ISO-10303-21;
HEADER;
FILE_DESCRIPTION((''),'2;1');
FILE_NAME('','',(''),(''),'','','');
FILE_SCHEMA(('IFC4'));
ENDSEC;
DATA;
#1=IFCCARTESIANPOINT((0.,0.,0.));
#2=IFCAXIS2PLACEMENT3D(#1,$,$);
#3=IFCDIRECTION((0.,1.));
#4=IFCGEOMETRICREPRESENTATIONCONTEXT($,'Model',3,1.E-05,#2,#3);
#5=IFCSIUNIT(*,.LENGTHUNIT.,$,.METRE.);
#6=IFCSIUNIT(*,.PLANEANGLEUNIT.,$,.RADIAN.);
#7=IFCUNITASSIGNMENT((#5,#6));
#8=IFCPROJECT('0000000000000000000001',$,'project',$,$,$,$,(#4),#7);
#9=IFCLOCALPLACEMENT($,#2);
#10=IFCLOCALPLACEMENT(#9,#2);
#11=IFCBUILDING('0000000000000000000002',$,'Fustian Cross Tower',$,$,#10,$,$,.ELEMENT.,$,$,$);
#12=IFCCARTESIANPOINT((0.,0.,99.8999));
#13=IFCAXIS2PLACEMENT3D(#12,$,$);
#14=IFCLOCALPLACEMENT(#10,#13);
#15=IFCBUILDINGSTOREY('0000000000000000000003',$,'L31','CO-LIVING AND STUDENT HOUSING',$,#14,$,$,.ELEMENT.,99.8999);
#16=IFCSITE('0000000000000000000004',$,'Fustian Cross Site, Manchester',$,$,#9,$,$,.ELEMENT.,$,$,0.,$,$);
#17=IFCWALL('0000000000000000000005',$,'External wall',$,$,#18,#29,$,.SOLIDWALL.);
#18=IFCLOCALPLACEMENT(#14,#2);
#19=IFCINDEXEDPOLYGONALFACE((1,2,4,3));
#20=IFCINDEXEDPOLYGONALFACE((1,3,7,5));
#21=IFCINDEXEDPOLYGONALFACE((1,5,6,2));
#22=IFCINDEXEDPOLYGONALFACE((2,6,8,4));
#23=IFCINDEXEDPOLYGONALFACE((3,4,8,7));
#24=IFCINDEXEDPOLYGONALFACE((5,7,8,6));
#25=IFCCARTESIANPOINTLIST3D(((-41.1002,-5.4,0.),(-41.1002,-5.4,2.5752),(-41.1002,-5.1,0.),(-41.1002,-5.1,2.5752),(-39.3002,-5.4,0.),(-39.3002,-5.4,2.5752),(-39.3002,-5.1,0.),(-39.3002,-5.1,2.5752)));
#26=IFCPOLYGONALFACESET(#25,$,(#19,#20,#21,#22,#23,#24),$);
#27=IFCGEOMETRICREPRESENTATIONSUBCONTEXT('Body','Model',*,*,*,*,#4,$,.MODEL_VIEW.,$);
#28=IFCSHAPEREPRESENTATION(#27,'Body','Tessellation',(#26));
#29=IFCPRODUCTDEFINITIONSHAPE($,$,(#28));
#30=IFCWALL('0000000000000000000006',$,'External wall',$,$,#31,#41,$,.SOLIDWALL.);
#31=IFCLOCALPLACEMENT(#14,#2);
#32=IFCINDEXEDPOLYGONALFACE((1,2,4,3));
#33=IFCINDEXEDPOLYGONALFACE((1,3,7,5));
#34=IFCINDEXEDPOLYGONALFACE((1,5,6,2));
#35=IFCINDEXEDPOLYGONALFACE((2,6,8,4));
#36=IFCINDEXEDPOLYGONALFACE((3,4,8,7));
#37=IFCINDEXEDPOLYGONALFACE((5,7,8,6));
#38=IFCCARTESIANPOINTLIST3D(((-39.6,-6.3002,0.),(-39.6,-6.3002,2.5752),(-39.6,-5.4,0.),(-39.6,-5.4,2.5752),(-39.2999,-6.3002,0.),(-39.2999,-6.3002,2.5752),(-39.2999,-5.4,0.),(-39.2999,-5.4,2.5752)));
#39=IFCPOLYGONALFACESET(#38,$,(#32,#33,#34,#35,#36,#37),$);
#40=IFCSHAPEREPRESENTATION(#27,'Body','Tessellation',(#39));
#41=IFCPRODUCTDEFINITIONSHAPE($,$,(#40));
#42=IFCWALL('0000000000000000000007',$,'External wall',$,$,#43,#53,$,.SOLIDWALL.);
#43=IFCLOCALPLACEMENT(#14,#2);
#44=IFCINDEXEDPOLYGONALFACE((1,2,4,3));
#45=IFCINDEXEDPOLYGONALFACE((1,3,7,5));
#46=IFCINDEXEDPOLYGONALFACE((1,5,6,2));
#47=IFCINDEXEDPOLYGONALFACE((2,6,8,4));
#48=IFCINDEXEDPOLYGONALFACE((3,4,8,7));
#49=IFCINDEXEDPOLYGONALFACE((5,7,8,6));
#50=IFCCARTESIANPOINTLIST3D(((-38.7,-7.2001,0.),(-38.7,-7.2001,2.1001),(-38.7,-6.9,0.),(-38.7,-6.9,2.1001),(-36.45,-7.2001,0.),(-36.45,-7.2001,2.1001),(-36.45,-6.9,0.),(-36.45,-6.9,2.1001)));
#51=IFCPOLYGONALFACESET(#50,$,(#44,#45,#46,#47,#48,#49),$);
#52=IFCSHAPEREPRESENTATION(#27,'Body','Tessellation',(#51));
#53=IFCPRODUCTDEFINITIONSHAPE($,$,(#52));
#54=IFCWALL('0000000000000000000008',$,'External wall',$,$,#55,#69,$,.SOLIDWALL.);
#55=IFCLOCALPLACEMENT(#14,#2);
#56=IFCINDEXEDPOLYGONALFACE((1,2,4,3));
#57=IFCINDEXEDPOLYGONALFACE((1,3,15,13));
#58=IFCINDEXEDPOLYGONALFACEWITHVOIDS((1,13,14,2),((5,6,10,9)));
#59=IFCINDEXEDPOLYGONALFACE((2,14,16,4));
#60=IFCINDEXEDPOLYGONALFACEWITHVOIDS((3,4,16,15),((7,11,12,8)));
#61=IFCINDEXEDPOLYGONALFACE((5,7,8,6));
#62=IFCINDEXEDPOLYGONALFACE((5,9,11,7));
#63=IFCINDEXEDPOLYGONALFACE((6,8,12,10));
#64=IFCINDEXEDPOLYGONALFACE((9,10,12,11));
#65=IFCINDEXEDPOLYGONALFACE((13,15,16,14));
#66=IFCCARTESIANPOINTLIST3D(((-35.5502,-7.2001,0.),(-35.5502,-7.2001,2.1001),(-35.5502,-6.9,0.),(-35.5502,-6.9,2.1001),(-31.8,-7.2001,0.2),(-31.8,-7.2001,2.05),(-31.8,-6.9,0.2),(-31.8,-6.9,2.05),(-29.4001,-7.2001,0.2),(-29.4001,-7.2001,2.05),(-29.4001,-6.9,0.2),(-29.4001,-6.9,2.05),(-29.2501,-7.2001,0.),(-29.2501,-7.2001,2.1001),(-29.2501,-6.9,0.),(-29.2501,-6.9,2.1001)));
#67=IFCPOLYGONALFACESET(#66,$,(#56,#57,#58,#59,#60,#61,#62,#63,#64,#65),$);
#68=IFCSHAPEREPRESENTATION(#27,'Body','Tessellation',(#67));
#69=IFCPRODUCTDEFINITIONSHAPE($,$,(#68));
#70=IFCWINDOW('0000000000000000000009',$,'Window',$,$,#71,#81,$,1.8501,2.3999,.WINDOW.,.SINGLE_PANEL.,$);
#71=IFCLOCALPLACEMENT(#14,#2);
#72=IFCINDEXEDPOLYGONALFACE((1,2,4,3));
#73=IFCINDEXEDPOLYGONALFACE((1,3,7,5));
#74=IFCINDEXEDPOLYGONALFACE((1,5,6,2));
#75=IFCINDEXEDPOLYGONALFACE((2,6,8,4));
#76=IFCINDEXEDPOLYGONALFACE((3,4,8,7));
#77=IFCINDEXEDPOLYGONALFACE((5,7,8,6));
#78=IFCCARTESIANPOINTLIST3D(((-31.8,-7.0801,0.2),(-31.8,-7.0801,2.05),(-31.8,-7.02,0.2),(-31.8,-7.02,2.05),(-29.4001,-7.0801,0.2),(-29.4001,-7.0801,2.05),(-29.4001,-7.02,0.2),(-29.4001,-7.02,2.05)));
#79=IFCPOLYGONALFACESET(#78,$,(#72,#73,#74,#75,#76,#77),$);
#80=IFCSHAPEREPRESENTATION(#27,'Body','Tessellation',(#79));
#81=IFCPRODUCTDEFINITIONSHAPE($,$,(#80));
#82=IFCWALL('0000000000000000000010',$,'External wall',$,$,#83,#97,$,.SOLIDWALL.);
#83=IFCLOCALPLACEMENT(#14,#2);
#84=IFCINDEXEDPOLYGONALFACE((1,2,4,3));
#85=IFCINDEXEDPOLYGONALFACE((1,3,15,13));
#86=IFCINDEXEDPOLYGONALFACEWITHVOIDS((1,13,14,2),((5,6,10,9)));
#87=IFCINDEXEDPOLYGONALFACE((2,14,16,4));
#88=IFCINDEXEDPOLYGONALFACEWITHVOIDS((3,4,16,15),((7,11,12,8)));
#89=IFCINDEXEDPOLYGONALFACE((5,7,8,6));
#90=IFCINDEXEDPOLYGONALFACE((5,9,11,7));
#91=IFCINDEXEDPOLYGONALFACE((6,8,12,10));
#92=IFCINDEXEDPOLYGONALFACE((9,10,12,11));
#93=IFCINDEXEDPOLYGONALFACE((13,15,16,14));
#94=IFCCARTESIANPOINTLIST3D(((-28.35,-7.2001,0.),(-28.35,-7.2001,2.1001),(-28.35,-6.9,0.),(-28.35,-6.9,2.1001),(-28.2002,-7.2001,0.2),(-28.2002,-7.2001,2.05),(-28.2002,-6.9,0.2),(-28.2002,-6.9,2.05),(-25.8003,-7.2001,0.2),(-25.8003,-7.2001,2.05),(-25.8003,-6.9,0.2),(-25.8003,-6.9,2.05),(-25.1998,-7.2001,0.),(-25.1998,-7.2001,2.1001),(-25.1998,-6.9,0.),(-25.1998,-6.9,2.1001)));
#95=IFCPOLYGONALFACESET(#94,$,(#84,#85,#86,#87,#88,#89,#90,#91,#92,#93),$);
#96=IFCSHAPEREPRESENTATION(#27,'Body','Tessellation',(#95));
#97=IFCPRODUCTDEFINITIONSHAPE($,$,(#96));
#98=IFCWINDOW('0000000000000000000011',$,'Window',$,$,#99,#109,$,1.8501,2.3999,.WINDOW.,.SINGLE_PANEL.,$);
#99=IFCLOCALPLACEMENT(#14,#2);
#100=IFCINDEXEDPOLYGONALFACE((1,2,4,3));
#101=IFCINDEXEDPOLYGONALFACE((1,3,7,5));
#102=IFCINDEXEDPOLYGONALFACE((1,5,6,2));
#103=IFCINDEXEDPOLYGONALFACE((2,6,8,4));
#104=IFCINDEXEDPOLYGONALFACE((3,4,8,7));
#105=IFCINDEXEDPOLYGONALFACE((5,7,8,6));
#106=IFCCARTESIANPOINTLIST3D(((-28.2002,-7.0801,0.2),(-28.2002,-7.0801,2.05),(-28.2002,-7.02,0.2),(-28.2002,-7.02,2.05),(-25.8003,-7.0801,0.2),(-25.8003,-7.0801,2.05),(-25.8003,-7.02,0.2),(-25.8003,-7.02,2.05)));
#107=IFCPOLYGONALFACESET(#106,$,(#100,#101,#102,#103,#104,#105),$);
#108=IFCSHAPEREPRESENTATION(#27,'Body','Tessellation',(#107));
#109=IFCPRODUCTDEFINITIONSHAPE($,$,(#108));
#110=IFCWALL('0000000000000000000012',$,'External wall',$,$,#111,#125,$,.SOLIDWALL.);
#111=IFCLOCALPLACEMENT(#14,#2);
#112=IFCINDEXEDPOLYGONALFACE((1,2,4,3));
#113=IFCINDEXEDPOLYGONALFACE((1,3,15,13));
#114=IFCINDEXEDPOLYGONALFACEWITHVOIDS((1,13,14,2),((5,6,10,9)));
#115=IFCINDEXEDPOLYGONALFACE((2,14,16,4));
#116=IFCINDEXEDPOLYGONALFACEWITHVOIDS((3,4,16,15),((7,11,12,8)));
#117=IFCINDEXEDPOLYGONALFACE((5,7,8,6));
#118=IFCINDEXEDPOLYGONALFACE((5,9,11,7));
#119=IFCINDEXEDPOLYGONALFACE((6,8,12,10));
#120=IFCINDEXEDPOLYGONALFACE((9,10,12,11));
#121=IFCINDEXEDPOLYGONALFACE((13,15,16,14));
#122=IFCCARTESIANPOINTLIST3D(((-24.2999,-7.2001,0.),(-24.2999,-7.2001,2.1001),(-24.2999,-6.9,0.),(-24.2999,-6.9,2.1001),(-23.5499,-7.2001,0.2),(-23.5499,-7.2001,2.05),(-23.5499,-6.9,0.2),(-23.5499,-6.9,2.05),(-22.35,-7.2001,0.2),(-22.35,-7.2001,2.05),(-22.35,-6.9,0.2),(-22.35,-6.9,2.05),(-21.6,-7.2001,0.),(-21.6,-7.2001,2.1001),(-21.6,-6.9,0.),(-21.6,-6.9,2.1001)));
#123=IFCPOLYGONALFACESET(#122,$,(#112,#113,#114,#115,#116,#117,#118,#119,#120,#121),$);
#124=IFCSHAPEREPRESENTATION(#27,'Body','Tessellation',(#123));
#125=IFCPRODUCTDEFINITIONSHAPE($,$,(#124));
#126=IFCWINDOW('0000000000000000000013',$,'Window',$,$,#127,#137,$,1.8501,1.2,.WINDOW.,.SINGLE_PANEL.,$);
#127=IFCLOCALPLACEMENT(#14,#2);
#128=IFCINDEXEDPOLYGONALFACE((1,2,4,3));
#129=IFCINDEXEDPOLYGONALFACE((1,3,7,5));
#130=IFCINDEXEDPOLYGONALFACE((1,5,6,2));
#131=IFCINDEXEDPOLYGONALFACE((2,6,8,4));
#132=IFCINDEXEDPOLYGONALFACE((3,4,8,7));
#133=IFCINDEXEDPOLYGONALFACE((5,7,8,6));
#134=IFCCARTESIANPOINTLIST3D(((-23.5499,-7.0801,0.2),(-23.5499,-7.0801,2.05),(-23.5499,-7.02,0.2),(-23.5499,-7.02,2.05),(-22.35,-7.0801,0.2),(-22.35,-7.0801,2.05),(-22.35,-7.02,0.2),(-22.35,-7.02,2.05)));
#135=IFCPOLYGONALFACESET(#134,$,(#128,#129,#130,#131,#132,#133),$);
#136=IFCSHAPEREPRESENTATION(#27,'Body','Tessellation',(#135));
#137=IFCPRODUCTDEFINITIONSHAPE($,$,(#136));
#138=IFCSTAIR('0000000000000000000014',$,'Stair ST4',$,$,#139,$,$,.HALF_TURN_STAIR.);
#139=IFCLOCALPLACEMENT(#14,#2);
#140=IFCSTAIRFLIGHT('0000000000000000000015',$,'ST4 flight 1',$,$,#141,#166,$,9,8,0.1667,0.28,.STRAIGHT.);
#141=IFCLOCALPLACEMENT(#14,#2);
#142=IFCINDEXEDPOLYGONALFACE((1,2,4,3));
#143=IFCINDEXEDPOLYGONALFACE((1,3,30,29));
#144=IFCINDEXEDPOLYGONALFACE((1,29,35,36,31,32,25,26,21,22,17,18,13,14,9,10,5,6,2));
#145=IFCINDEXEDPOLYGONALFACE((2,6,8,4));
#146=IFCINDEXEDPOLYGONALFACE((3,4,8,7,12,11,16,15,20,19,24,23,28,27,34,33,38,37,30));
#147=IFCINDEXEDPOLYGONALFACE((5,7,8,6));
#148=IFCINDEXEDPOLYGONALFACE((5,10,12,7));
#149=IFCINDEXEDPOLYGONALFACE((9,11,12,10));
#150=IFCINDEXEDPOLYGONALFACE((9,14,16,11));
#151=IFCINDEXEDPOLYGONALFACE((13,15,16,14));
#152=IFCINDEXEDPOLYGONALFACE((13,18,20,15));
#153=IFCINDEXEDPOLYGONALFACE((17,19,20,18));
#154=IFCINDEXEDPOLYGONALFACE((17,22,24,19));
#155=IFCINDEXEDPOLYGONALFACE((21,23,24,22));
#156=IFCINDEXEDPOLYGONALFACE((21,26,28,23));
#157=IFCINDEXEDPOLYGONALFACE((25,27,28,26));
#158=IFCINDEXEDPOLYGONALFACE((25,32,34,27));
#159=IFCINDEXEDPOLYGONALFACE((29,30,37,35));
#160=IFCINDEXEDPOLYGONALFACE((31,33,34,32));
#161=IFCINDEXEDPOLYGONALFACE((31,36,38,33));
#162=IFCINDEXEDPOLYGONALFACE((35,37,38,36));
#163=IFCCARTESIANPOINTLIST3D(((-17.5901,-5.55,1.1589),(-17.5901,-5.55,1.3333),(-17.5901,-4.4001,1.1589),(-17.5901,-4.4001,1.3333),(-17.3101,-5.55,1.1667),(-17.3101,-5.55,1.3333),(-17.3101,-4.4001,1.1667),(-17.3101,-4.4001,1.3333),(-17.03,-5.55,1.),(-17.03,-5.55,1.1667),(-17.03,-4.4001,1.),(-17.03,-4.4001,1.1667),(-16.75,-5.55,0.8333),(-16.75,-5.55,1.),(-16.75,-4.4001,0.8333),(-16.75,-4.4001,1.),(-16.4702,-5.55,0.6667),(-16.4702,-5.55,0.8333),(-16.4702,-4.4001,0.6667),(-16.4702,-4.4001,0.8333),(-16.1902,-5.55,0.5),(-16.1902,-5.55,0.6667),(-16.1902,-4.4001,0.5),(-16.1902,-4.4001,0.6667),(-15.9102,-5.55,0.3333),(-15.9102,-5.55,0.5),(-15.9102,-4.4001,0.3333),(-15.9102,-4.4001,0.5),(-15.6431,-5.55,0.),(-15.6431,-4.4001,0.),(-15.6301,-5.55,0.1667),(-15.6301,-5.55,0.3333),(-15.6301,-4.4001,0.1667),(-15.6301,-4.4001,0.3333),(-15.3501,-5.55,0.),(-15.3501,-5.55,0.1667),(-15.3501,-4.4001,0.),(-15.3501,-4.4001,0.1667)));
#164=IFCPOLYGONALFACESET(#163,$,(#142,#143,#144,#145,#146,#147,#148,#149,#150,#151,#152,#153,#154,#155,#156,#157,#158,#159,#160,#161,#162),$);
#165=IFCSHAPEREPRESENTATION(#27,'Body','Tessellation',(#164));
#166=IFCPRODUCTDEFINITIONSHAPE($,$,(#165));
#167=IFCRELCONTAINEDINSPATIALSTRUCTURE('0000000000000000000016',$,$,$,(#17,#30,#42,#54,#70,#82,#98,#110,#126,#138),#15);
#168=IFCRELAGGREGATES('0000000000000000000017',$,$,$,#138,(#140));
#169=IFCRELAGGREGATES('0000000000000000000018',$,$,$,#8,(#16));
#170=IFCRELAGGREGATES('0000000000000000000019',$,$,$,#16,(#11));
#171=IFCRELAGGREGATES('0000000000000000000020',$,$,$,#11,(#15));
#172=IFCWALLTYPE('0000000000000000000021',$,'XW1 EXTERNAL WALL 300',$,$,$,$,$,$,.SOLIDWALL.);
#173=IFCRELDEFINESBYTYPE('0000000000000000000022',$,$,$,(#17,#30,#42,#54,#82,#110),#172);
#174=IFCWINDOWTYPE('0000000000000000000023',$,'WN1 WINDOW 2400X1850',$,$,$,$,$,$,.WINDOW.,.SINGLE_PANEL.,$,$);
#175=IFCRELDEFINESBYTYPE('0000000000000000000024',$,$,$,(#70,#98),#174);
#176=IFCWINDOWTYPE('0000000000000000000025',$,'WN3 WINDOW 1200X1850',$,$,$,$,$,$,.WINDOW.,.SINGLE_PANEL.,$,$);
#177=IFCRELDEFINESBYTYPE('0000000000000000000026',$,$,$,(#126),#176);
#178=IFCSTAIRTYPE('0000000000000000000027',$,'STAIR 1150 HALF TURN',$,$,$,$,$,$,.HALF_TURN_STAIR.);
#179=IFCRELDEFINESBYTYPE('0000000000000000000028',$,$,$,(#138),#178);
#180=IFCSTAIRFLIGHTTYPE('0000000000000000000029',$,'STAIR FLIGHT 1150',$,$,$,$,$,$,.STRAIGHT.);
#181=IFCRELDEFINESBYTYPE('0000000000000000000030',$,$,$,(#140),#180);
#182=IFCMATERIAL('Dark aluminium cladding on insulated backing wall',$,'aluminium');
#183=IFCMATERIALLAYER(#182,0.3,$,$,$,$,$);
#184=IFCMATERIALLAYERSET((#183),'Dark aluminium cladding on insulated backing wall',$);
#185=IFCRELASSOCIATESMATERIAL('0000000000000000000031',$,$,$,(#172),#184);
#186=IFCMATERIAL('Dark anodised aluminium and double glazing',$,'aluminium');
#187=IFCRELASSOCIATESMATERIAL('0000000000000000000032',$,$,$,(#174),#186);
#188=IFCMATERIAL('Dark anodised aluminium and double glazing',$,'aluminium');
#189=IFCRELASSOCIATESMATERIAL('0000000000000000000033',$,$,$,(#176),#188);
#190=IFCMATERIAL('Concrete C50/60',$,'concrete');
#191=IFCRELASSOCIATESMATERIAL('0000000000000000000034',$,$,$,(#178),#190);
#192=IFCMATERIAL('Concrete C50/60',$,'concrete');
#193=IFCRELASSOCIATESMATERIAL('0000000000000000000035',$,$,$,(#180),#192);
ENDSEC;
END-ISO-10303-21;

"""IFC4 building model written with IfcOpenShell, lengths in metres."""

from ifc_helpers import new_model, si_unit, direction, frame, frame_2d, origin, place, context, subcontext, project, spatial, polyline, rectangle, outline, extrude, material, layer, layer_set, type_object, element, fill, aggregate, save


model = new_model("IFC4")

# Units and contexts
model_context = context("Model", 3, precision=1e-05, world=origin(), true_north=direction((0.0, 1.0)))
body_context = subcontext(model_context, "Body", "Model", "MODEL_VIEW")
ifc_project = project(units=[si_unit("LENGTHUNIT", "METRE"), si_unit("PLANEANGLEUNIT", "RADIAN")], contexts=[model_context])

# Site, building, storey
site_placement = place(None, origin())
site = spatial("IfcSite", under=ifc_project, at=site_placement, Name="Fustian Cross Site, Manchester", CompositionType="ELEMENT", RefElevation=0.0)
building_placement = place(site_placement, origin())
building = spatial("IfcBuilding", under=site, at=building_placement, Name="Fustian Cross Tower", CompositionType="ELEMENT")
storey_placement = place(building_placement, frame((0.0, 0.0, 99.8999)))
storey = spatial("IfcBuildingStorey", under=building, at=storey_placement, Name="L31", Description="CO-LIVING AND STUDENT HOUSING", CompositionType="ELEMENT", Elevation=99.8999)

# Walls
ifc_material_1 = material(Name="Dark aluminium cladding on insulated backing wall", Category="aluminium")
ifc_layer_1 = layer(ifc_material_1, 0.3)
ifc_layer_set_1 = layer_set([ifc_layer_1], Name="Dark aluminium cladding on insulated backing wall")
wall_type_1 = type_object("IfcWallType", Name="XW1 EXTERNAL WALL 300", PredefinedType="SOLIDWALL", material=ifc_layer_set_1)
wall_1_placement = place(storey_placement, frame((-41.1001, -5.25, 0.0), z_axis=(0.0, 0.0, 1.0), x_axis=(1.0, 0.0, 0.0)))
element("IfcWall", 1, at=wall_1_placement, inside=storey, type_object=wall_type_1, Name="External wall", PredefinedType="SOLIDWALL", context=body_context, shape_type="SweptSolid", body=[
    extrude(rectangle(XDim=1.8, YDim=0.3, at=frame_2d((0.8999, 0.0))), origin(), (0.0, 0.0, 1.0), 2.5752),
])
wall_2_placement = place(storey_placement, frame((-39.45, -5.3999, 0.0), z_axis=(0.0, 0.0, 1.0), x_axis=(0.0, -1.0, 0.0)))
element("IfcWall", 2, at=wall_2_placement, inside=storey, type_object=wall_type_1, Name="External wall", PredefinedType="SOLIDWALL", context=body_context, shape_type="SweptSolid", body=[
    extrude(rectangle(XDim=0.9001, YDim=0.3, at=frame_2d((0.4502, 0.0))), origin(), (0.0, 0.0, 1.0), 2.5752),
])
wall_3_placement = place(storey_placement, frame((-38.7, -7.05, 0.0), z_axis=(0.0, 0.0, 1.0), x_axis=(1.0, 0.0, 0.0)))
element("IfcWall", 3, at=wall_3_placement, inside=storey, type_object=wall_type_1, Name="External wall", PredefinedType="SOLIDWALL", context=body_context, shape_type="SweptSolid", body=[
    extrude(rectangle(XDim=2.25, YDim=0.3, at=frame_2d((1.125, 0.0))), origin(), (0.0, 0.0, 1.0), 2.1001),
])

# Walls, openings, windows
wall_4_placement = place(storey_placement, frame((-35.55, -7.05, 0.0), z_axis=(0.0, 0.0, 1.0), x_axis=(1.0, 0.0, 0.0)))
wall_4 = element("IfcWall", 4, at=wall_4_placement, inside=storey, type_object=wall_type_1, Name="External wall", PredefinedType="SOLIDWALL", context=body_context, shape_type="SweptSolid", body=[
    extrude(rectangle(XDim=6.3, YDim=0.3, at=frame_2d((3.1499, 0.0))), origin(), (0.0, 0.0, 1.0), 2.1001),
])
opening_1_placement = place(wall_4_placement, frame((3.75, 0.0, 0.2)))
opening_1 = element("IfcOpeningElement", 5, at=opening_1_placement, cuts=wall_4, PredefinedType="OPENING", context=body_context, shape_type="SweptSolid", body=[
    extrude(rectangle(XDim=2.3999, YDim=1.8501, at=frame_2d((1.2, 0.925))), frame((0.0, 0.1599, 0.0), z_axis=(0.0, -1.0, 0.0), x_axis=(1.0, 0.0, 0.0)), (0.0, 0.0, 1.0), 0.3201),
])
ifc_material_2 = material(Name="Dark anodised aluminium and double glazing", Category="aluminium")
window_type_1 = type_object("IfcWindowType", Name="WN1 WINDOW 2400X1850", PartitioningType="SINGLE_PANEL", PredefinedType="WINDOW", material=ifc_material_2)
window_1_placement = place(opening_1_placement, origin())
window_1 = element("IfcWindow", 6, at=window_1_placement, inside=storey, type_object=window_type_1, Name="Window", OverallHeight=1.8501, OverallWidth=2.3999, PartitioningType="SINGLE_PANEL", PredefinedType="WINDOW", context=body_context, shape_type="SweptSolid", body=[
    extrude(rectangle(XDim=2.3999, YDim=1.8501, at=frame_2d((1.2, 0.925))), frame((0.0, 0.03, 0.0), z_axis=(0.0, -1.0, 0.0), x_axis=(1.0, 0.0, 0.0)), (0.0, 0.0, 1.0), 0.0601),
])
fill(opening_1, window_1)
wall_5_placement = place(storey_placement, frame((-28.3501, -7.05, 0.0), z_axis=(0.0, 0.0, 1.0), x_axis=(1.0, 0.0, 0.0)))
wall_5 = element("IfcWall", 7, at=wall_5_placement, inside=storey, type_object=wall_type_1, Name="External wall", PredefinedType="SOLIDWALL", context=body_context, shape_type="SweptSolid", body=[
    extrude(rectangle(XDim=3.1501, YDim=0.3, at=frame_2d((1.5752, 0.0))), origin(), (0.0, 0.0, 1.0), 2.1001),
])
opening_2_placement = place(wall_5_placement, frame((0.1499, 0.0, 0.2)))
opening_2 = element("IfcOpeningElement", 8, at=opening_2_placement, cuts=wall_5, PredefinedType="OPENING", context=body_context, shape_type="SweptSolid", body=[
    extrude(rectangle(XDim=2.3999, YDim=1.8501, at=frame_2d((1.2, 0.925))), frame((0.0, 0.1599, 0.0), z_axis=(0.0, -1.0, 0.0), x_axis=(1.0, 0.0, 0.0)), (0.0, 0.0, 1.0), 0.3201),
])
window_2_placement = place(opening_2_placement, origin())
window_2 = element("IfcWindow", 9, at=window_2_placement, inside=storey, type_object=window_type_1, Name="Window", OverallHeight=1.8501, OverallWidth=2.3999, PartitioningType="SINGLE_PANEL", PredefinedType="WINDOW", context=body_context, shape_type="SweptSolid", body=[
    extrude(rectangle(XDim=2.3999, YDim=1.8501, at=frame_2d((1.2, 0.925))), frame((0.0, 0.03, 0.0), z_axis=(0.0, -1.0, 0.0), x_axis=(1.0, 0.0, 0.0)), (0.0, 0.0, 1.0), 0.0601),
])
fill(opening_2, window_2)
wall_6_placement = place(storey_placement, frame((-24.3, -7.05, 0.0), z_axis=(0.0, 0.0, 1.0), x_axis=(1.0, 0.0, 0.0)))
wall_6 = element("IfcWall", 10, at=wall_6_placement, inside=storey, type_object=wall_type_1, Name="External wall", PredefinedType="SOLIDWALL", context=body_context, shape_type="SweptSolid", body=[
    extrude(rectangle(XDim=2.7, YDim=0.3, at=frame_2d((1.3501, 0.0))), origin(), (0.0, 0.0, 1.0), 2.1001),
])
opening_3_placement = place(wall_6_placement, frame((0.75, 0.0, 0.2)))
opening_3 = element("IfcOpeningElement", 11, at=opening_3_placement, cuts=wall_6, PredefinedType="OPENING", context=body_context, shape_type="SweptSolid", body=[
    extrude(rectangle(XDim=1.2, YDim=1.8501, at=frame_2d((0.6001, 0.925))), frame((0.0, 0.1599, 0.0), z_axis=(0.0, -1.0, 0.0), x_axis=(1.0, 0.0, 0.0)), (0.0, 0.0, 1.0), 0.3201),
])
ifc_material_3 = material(Name="Dark anodised aluminium and double glazing", Category="aluminium")
window_type_2 = type_object("IfcWindowType", Name="WN3 WINDOW 1200X1850", PartitioningType="SINGLE_PANEL", PredefinedType="WINDOW", material=ifc_material_3)
window_3_placement = place(opening_3_placement, origin())
window_3 = element("IfcWindow", 12, at=window_3_placement, inside=storey, type_object=window_type_2, Name="Window", OverallHeight=1.8501, OverallWidth=1.2, PartitioningType="SINGLE_PANEL", PredefinedType="WINDOW", context=body_context, shape_type="SweptSolid", body=[
    extrude(rectangle(XDim=1.2, YDim=1.8501, at=frame_2d((0.6001, 0.925))), frame((0.0, 0.03, 0.0), z_axis=(0.0, -1.0, 0.0), x_axis=(1.0, 0.0, 0.0)), (0.0, 0.0, 1.0), 0.0601),
])
fill(opening_3, window_3)

# Stair, stair flight
ifc_material_4 = material(Name="Concrete C50/60", Category="concrete")
stair_type = type_object("IfcStairType", Name="STAIR 1150 HALF TURN", PredefinedType="HALF_TURN_STAIR", material=ifc_material_4)
stair_placement = place(storey_placement, origin())
stair = element("IfcStair", 13, at=stair_placement, inside=storey, type_object=stair_type, Name="Stair ST4", PredefinedType="HALF_TURN_STAIR")
ifc_material_5 = material(Name="Concrete C50/60", Category="concrete")
stair_flight_type = type_object("IfcStairFlightType", Name="STAIR FLIGHT 1150", PredefinedType="STRAIGHT", material=ifc_material_5)
stair_flight_1_placement = place(storey_placement, frame((-15.3501, -4.9751, 0.0), z_axis=(0.0, 0.0, 1.0), x_axis=(-1.0, 0.0, 0.0)))
stair_flight_1 = element("IfcStairFlight", 14, at=stair_flight_1_placement, type_object=stair_flight_type, Name="ST4 flight 1", NumberOfRisers=9, NumberOfTreads=8, PredefinedType="STRAIGHT", RiserHeight=0.1667, TreadLength=0.28, context=body_context, shape_type="SweptSolid", body=[
    extrude(outline(polyline([(0.0, 0.0), (0.0, 0.1667), (0.28, 0.1667), (0.28, 0.3333), (0.5601, 0.3333), (0.5601, 0.5), (0.8401, 0.5), (0.8401, 0.6667), (1.1201, 0.6667), (1.1201, 0.8333), (1.3999, 0.8333), (1.3999, 1.0), (1.6799, 1.0), (1.6799, 1.1667), (1.96, 1.1667), (1.96, 1.3333), (2.24, 1.3333), (2.24, 1.5), (2.24, 1.1589), (0.293, 0.0), (0.0, 0.0)])), frame((0.0, 0.575, 0.0), z_axis=(0.0, -1.0, 0.0), x_axis=(1.0, 0.0, 0.0)), (0.0, 0.0, 1.0), 1.1499),
])
aggregate(stair, [stair_flight_1])

save(model, "model.ifc")
